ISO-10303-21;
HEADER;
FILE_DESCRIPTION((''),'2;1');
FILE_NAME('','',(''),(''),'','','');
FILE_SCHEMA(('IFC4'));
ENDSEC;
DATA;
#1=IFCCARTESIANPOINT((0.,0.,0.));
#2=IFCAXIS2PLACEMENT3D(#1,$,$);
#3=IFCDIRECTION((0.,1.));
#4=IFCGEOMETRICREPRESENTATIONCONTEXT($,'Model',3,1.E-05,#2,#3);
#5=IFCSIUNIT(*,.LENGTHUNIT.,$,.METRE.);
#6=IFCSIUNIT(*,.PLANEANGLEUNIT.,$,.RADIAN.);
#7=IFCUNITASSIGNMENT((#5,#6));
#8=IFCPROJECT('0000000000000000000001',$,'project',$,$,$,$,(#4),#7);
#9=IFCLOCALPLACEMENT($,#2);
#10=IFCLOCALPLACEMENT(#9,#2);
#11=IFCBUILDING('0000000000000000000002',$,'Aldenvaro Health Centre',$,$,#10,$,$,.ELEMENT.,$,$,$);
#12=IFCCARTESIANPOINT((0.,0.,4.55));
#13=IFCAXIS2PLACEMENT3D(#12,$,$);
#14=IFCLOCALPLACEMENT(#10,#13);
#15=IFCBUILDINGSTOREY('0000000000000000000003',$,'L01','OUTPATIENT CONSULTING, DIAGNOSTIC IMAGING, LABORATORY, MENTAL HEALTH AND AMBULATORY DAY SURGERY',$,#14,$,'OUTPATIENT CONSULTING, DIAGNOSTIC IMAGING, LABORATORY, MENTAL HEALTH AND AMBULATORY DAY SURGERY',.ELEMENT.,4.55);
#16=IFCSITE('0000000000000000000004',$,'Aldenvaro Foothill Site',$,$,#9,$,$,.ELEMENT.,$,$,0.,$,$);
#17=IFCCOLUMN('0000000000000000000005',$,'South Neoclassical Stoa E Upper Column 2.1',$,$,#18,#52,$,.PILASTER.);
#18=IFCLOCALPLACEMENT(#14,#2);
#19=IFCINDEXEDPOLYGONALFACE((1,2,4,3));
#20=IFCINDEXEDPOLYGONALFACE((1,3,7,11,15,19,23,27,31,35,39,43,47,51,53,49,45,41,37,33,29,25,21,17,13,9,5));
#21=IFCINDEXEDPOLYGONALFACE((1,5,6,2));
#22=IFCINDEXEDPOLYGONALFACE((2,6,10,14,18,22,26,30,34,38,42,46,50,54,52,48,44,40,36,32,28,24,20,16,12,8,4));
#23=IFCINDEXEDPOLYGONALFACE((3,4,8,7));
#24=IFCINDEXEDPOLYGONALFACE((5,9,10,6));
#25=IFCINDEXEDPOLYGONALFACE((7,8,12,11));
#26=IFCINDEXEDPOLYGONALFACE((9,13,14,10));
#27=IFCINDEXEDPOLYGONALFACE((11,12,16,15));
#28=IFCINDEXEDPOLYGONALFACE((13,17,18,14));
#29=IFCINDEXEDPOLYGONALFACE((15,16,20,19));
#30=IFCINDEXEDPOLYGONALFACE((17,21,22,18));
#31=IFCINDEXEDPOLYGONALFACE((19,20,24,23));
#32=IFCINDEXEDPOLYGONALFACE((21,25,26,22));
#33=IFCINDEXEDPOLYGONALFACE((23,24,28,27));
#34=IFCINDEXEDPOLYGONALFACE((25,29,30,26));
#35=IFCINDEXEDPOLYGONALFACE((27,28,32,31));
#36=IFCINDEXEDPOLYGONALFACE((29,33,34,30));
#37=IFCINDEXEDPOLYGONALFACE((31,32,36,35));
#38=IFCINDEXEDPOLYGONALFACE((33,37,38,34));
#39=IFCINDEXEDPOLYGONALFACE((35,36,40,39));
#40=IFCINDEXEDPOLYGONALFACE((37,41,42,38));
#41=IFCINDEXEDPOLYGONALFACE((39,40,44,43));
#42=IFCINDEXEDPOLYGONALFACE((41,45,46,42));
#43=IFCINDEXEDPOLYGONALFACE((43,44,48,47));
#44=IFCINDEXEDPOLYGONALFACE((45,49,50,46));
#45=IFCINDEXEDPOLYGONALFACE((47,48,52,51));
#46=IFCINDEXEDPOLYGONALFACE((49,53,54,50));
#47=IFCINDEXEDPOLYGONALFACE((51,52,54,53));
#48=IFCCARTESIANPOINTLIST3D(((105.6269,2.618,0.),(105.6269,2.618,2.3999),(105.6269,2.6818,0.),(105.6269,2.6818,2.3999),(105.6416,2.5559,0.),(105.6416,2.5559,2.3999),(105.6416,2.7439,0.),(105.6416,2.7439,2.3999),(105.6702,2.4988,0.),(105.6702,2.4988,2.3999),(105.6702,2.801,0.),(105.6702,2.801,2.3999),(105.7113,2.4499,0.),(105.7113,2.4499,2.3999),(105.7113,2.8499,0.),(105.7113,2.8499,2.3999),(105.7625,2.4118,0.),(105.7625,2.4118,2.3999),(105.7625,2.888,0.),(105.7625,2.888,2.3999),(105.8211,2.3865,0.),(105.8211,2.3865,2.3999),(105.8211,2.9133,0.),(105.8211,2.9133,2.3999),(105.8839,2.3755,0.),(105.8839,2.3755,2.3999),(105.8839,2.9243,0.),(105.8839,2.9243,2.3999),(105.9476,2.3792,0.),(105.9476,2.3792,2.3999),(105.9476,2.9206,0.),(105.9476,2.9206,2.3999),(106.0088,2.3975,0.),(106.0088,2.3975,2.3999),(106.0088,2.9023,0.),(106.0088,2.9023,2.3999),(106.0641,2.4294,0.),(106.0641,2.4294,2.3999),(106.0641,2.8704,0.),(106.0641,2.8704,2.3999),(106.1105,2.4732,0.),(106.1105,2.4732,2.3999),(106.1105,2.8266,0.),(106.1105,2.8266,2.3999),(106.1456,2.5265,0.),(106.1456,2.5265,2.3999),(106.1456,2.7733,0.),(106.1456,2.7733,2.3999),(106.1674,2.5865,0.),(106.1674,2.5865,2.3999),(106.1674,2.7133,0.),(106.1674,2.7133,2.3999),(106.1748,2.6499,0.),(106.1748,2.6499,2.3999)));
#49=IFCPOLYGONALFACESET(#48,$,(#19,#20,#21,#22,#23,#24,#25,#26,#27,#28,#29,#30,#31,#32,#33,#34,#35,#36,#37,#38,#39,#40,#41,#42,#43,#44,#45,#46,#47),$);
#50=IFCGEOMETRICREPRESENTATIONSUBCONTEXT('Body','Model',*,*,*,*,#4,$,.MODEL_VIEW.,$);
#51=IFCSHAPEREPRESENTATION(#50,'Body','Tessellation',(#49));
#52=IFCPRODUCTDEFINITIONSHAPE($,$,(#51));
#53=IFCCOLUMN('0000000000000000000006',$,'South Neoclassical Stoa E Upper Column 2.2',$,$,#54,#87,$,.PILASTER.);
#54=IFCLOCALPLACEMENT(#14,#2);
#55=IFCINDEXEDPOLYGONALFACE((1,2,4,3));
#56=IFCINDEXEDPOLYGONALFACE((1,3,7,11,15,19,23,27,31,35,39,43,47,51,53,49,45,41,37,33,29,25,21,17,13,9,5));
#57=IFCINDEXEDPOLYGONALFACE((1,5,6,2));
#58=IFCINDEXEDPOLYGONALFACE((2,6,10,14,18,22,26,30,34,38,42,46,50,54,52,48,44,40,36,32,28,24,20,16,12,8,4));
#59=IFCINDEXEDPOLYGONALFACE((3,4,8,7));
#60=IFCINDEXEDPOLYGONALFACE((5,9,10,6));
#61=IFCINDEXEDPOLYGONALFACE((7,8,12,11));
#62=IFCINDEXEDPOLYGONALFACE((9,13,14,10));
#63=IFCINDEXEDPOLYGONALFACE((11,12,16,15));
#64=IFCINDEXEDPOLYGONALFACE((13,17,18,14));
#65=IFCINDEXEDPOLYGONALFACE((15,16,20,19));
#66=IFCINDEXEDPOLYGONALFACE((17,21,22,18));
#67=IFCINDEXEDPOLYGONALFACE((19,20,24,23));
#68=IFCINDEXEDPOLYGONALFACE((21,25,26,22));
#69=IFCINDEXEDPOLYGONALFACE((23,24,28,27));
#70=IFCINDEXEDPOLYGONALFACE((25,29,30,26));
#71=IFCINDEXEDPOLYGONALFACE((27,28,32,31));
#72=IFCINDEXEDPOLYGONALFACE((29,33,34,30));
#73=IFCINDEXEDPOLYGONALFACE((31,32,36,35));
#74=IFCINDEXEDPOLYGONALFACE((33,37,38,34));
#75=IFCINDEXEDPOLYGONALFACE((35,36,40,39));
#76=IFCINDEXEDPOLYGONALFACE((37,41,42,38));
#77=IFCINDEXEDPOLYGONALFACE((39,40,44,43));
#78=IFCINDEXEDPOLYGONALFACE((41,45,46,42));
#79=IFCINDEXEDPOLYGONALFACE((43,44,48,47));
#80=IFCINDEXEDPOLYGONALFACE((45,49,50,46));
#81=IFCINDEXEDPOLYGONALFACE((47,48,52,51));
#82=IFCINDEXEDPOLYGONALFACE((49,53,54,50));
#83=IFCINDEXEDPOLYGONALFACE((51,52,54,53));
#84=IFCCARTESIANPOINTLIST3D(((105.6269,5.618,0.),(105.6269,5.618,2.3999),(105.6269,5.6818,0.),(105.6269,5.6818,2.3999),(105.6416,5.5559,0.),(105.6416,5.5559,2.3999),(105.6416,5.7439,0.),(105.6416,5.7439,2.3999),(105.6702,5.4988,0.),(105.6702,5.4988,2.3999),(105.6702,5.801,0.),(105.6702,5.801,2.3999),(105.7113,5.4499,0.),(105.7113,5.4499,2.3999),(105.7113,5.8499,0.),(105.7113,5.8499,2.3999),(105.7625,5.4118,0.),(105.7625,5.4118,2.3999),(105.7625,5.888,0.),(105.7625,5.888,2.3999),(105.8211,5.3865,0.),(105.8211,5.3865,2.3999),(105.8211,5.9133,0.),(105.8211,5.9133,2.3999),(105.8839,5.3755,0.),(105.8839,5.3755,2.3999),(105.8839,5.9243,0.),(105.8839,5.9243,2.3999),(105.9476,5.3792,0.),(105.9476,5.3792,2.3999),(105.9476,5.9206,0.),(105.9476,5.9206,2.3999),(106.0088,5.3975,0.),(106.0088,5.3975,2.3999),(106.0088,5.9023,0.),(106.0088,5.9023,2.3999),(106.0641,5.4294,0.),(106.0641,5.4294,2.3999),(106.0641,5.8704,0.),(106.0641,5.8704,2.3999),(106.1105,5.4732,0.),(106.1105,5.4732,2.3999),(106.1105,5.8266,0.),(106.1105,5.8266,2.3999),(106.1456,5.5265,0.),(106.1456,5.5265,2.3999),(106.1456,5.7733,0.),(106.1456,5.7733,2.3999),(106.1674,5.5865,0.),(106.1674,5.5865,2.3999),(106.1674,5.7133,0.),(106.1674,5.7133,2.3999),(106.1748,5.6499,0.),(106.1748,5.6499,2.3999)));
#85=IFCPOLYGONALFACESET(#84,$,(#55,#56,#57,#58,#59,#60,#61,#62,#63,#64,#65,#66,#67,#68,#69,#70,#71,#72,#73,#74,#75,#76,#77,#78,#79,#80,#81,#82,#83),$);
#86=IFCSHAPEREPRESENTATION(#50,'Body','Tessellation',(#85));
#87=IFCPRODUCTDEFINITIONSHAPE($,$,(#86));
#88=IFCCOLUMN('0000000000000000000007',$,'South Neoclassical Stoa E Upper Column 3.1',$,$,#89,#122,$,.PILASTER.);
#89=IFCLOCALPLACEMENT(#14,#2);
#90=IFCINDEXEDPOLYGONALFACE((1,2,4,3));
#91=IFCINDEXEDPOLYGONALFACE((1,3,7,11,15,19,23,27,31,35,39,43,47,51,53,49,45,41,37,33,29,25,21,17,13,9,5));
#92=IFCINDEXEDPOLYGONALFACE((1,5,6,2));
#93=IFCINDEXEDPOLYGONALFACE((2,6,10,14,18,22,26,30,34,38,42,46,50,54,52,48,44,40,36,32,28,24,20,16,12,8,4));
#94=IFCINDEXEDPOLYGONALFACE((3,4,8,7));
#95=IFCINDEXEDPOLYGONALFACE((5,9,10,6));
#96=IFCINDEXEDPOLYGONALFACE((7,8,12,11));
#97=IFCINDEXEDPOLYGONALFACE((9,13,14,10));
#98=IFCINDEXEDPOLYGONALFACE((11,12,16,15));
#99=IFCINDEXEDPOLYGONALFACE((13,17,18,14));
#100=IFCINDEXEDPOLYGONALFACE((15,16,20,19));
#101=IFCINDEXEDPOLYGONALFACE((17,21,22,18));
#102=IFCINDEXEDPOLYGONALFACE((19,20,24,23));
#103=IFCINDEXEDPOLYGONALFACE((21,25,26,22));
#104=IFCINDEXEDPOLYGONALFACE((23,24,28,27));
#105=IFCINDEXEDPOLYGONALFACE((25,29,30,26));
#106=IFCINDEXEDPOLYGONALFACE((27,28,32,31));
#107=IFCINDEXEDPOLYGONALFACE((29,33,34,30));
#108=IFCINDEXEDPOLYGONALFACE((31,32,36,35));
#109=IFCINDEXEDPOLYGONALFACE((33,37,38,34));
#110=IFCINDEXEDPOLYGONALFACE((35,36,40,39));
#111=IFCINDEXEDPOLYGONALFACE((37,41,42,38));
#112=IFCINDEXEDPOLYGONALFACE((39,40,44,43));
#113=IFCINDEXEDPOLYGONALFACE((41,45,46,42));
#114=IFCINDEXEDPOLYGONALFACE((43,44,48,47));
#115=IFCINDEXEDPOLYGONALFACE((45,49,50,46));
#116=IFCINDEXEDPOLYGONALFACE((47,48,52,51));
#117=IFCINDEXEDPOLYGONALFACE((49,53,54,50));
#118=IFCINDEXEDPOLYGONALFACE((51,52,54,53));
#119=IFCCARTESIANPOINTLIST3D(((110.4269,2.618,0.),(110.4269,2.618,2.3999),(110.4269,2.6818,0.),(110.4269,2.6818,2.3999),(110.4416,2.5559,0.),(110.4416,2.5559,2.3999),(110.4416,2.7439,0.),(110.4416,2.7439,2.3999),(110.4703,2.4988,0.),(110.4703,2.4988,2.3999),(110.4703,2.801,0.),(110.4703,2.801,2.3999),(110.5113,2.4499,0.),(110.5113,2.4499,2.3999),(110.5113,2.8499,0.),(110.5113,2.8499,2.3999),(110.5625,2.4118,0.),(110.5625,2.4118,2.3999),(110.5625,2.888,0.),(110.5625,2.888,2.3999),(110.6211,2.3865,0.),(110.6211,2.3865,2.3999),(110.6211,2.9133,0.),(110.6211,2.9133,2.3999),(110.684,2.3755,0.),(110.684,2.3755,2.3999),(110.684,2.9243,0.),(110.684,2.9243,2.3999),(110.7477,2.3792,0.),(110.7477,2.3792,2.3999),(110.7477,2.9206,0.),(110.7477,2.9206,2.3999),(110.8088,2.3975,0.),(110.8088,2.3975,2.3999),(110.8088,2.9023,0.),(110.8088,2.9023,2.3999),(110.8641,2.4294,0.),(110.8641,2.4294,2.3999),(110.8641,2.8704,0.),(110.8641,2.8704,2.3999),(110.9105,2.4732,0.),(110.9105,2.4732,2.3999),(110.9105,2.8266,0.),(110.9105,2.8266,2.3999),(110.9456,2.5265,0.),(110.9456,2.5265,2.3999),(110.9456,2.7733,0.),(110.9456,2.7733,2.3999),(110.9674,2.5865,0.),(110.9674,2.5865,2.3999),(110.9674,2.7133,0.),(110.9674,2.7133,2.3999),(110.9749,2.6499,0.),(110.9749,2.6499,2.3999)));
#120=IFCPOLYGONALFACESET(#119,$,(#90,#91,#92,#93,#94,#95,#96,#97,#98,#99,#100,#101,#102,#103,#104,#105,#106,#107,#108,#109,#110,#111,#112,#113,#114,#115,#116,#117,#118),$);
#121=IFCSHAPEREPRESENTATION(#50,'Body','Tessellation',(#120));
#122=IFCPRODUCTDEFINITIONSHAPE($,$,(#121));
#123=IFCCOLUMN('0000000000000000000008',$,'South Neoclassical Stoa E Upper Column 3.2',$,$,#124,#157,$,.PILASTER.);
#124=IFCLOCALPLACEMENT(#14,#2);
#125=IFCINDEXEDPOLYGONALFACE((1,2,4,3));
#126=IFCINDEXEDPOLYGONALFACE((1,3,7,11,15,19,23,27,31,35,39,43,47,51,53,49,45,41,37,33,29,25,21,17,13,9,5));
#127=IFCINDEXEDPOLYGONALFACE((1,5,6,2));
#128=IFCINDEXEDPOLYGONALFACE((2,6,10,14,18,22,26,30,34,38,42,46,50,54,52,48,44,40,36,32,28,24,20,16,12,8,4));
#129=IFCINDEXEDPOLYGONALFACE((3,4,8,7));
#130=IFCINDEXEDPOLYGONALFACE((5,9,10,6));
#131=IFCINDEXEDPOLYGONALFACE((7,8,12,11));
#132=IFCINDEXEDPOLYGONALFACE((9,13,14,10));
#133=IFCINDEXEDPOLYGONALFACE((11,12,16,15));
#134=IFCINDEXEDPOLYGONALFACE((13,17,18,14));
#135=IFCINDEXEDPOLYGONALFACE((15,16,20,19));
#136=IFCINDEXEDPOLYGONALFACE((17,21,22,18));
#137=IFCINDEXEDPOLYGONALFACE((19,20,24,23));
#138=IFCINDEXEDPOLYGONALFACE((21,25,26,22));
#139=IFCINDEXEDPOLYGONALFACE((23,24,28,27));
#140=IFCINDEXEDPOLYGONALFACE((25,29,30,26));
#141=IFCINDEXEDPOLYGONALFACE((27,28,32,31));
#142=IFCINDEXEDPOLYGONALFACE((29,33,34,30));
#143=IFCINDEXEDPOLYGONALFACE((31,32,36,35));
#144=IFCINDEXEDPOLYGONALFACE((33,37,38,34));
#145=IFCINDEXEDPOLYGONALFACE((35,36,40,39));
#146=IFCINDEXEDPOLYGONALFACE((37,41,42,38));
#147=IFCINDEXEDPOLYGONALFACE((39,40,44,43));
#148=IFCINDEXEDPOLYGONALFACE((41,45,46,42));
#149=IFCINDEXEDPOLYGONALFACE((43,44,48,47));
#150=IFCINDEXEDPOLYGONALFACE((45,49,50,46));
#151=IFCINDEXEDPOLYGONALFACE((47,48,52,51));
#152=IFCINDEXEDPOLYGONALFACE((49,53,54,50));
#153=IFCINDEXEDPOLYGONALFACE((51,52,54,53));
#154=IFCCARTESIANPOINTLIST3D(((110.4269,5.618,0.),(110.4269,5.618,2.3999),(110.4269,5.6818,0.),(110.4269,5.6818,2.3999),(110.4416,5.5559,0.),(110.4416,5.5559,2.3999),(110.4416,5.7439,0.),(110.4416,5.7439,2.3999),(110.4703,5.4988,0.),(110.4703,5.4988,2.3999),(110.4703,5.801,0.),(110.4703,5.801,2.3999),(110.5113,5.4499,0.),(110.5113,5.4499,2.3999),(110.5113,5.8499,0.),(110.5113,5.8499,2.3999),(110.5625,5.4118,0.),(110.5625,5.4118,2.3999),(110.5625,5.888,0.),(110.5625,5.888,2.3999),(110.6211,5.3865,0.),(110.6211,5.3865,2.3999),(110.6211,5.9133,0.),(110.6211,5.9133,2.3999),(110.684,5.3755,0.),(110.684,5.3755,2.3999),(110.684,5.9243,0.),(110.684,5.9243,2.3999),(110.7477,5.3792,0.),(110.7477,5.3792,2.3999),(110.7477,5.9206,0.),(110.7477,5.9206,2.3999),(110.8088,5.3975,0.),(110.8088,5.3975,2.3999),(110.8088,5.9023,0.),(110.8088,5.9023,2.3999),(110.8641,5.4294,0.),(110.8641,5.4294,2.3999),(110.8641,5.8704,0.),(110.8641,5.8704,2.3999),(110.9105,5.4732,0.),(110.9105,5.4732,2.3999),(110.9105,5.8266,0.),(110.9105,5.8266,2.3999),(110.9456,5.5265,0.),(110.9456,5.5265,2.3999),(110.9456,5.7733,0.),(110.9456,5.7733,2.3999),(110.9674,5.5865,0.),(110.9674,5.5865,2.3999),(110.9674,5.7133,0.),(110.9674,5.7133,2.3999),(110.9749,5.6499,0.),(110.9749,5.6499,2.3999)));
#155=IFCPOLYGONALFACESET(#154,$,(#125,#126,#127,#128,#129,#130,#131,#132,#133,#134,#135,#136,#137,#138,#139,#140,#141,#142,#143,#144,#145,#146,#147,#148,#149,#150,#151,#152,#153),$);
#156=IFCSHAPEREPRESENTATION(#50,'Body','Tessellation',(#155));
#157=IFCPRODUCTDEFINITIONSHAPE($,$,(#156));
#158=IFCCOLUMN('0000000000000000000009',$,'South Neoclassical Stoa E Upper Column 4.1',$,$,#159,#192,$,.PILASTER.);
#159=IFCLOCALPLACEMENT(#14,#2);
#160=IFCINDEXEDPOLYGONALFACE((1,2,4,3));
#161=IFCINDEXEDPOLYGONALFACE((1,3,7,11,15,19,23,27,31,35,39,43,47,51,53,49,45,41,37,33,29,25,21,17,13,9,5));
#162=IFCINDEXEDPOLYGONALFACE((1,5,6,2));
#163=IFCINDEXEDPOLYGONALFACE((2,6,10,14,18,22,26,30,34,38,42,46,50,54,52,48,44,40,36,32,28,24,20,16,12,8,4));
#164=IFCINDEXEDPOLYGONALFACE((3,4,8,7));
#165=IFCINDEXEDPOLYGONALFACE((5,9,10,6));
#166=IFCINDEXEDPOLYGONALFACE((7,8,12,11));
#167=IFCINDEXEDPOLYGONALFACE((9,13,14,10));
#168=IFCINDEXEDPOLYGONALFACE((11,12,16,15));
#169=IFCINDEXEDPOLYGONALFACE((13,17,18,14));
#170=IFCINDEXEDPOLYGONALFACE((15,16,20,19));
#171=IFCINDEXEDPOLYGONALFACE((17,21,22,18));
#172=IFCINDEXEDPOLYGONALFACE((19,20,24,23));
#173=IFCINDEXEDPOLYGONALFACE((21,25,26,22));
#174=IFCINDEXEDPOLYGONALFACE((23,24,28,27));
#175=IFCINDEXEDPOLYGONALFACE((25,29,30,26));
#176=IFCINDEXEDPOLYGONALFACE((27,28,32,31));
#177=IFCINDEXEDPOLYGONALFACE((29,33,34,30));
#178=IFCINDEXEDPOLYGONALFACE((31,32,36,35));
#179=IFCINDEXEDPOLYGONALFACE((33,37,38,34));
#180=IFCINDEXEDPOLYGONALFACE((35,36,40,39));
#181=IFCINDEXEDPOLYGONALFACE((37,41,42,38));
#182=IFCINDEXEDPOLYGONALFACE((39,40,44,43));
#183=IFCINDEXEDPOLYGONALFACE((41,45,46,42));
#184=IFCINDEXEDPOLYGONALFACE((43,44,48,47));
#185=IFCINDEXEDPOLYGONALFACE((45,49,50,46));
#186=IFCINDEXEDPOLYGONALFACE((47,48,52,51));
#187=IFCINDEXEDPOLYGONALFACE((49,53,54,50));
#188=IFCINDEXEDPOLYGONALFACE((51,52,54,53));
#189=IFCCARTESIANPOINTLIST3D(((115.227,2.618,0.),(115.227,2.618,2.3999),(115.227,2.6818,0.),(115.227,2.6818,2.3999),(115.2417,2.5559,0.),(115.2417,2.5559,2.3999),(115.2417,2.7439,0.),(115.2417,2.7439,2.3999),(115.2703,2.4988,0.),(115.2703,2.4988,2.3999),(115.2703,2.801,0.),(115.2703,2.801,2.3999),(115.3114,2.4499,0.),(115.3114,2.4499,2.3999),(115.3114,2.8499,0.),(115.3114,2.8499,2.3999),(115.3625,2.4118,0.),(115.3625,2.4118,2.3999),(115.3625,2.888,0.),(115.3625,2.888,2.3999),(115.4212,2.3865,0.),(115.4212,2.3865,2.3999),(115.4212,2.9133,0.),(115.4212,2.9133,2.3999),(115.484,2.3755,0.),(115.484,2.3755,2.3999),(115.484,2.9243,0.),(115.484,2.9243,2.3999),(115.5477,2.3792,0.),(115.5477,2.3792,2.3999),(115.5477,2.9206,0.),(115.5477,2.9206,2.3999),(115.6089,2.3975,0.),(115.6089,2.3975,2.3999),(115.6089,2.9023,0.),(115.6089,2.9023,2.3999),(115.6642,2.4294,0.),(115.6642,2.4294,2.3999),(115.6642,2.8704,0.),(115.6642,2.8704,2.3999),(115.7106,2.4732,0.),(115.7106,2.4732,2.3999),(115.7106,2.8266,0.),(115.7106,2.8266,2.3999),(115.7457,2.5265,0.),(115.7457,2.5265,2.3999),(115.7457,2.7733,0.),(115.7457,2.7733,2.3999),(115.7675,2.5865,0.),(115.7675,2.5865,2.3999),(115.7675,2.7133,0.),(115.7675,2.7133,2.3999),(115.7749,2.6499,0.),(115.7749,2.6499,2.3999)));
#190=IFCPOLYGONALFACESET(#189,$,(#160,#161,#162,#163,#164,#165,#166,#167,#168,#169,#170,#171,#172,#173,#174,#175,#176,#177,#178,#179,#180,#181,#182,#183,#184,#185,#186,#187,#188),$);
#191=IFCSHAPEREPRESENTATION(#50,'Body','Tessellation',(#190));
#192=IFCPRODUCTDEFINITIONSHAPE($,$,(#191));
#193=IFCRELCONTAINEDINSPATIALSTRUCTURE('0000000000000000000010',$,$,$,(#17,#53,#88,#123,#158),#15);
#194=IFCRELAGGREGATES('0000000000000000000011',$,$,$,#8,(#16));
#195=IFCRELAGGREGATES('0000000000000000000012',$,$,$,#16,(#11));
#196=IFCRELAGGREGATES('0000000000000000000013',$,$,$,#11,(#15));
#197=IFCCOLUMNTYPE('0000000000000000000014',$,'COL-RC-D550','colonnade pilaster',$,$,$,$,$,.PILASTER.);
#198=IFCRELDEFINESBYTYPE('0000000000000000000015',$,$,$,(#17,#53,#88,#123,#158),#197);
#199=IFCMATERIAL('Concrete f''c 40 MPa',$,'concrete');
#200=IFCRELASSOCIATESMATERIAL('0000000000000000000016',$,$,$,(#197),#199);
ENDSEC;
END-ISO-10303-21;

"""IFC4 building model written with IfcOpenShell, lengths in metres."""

from ifc_helpers import new_model, si_unit, direction, frame, origin, origin_2d, place, context, subcontext, project, spatial, circle, extrude, material, material_profile, profile_set, type_object, element, save


model = new_model("IFC4")

# Units and contexts
model_context = context("Model", 3, precision=1e-05, world=origin(), true_north=direction((0.0, 1.0)))
body_context = subcontext(model_context, "Body", "Model", "MODEL_VIEW")
ifc_project = project(units=[si_unit("LENGTHUNIT", "METRE"), si_unit("PLANEANGLEUNIT", "RADIAN")], contexts=[model_context])

# Site, building, storey
site_placement = place(None, origin())
site = spatial("IfcSite", under=ifc_project, at=site_placement, Name="Aldenvaro Foothill Site", CompositionType="ELEMENT", RefElevation=0.0)
building_placement = place(site_placement, origin())
building = spatial("IfcBuilding", under=site, at=building_placement, Name="Aldenvaro Health Centre", CompositionType="ELEMENT")
storey_placement = place(building_placement, frame((0.0, 0.0, 4.55)))
storey = spatial("IfcBuildingStorey", under=building, at=storey_placement, Name="L01", Description="OUTPATIENT CONSULTING, DIAGNOSTIC IMAGING, LABORATORY, MENTAL HEALTH AND AMBULATORY DAY SURGERY", LongName="OUTPATIENT CONSULTING, DIAGNOSTIC IMAGING, LABORATORY, MENTAL HEALTH AND AMBULATORY DAY SURGERY", CompositionType="ELEMENT", Elevation=4.55)

# Columns
ifc_material = material(Name="Concrete f'c 40 MPa", Category="concrete")
ifc_material_profile_1 = material_profile(ifc_material, circle(Radius=0.2749, at=origin_2d()), Name="RC D550", Category="concrete")
ifc_profile_set_1 = profile_set([ifc_material_profile_1], Name="Concrete f'c 40 MPa")
column_type_1 = type_object("IfcColumnType", Name="COL-RC-D550", Description="colonnade pilaster", PredefinedType="PILASTER", material=ifc_profile_set_1)
for number, where, z_axis, x_axis, name in (
    (1, (105.8999, 2.6499, 0.0), (0.0, 0.0, 1.0), (1.0, 0.0, 0.0), "South Neoclassical Stoa E Upper Column 2.1"),
    (2, (105.8999, 5.6499, 0.0), (0.0, 0.0, 1.0), (1.0, 0.0, 0.0), "South Neoclassical Stoa E Upper Column 2.2"),
    (3, (110.7, 2.6499, 0.0), (0.0, 0.0, 1.0), (1.0, 0.0, 0.0), "South Neoclassical Stoa E Upper Column 3.1"),
    (4, (110.7, 5.6499, 0.0), (0.0, 0.0, 1.0), (1.0, 0.0, 0.0), "South Neoclassical Stoa E Upper Column 3.2"),
    (5, (115.5, 2.6499, 0.0), (0.0, 0.0, 1.0), (1.0, 0.0, 0.0), "South Neoclassical Stoa E Upper Column 4.1"),
):
    element("IfcColumn", number, at=place(storey_placement, frame(where, z_axis=z_axis, x_axis=x_axis)), inside=storey, type_object=column_type_1, Name=name, PredefinedType="PILASTER", context=body_context, shape_type="SweptSolid", body=[
        extrude(circle(Radius=0.2749, at=origin_2d()), origin(), (0.0, 0.0, 1.0), 2.3999),
    ])

save(model, "model.ifc")
